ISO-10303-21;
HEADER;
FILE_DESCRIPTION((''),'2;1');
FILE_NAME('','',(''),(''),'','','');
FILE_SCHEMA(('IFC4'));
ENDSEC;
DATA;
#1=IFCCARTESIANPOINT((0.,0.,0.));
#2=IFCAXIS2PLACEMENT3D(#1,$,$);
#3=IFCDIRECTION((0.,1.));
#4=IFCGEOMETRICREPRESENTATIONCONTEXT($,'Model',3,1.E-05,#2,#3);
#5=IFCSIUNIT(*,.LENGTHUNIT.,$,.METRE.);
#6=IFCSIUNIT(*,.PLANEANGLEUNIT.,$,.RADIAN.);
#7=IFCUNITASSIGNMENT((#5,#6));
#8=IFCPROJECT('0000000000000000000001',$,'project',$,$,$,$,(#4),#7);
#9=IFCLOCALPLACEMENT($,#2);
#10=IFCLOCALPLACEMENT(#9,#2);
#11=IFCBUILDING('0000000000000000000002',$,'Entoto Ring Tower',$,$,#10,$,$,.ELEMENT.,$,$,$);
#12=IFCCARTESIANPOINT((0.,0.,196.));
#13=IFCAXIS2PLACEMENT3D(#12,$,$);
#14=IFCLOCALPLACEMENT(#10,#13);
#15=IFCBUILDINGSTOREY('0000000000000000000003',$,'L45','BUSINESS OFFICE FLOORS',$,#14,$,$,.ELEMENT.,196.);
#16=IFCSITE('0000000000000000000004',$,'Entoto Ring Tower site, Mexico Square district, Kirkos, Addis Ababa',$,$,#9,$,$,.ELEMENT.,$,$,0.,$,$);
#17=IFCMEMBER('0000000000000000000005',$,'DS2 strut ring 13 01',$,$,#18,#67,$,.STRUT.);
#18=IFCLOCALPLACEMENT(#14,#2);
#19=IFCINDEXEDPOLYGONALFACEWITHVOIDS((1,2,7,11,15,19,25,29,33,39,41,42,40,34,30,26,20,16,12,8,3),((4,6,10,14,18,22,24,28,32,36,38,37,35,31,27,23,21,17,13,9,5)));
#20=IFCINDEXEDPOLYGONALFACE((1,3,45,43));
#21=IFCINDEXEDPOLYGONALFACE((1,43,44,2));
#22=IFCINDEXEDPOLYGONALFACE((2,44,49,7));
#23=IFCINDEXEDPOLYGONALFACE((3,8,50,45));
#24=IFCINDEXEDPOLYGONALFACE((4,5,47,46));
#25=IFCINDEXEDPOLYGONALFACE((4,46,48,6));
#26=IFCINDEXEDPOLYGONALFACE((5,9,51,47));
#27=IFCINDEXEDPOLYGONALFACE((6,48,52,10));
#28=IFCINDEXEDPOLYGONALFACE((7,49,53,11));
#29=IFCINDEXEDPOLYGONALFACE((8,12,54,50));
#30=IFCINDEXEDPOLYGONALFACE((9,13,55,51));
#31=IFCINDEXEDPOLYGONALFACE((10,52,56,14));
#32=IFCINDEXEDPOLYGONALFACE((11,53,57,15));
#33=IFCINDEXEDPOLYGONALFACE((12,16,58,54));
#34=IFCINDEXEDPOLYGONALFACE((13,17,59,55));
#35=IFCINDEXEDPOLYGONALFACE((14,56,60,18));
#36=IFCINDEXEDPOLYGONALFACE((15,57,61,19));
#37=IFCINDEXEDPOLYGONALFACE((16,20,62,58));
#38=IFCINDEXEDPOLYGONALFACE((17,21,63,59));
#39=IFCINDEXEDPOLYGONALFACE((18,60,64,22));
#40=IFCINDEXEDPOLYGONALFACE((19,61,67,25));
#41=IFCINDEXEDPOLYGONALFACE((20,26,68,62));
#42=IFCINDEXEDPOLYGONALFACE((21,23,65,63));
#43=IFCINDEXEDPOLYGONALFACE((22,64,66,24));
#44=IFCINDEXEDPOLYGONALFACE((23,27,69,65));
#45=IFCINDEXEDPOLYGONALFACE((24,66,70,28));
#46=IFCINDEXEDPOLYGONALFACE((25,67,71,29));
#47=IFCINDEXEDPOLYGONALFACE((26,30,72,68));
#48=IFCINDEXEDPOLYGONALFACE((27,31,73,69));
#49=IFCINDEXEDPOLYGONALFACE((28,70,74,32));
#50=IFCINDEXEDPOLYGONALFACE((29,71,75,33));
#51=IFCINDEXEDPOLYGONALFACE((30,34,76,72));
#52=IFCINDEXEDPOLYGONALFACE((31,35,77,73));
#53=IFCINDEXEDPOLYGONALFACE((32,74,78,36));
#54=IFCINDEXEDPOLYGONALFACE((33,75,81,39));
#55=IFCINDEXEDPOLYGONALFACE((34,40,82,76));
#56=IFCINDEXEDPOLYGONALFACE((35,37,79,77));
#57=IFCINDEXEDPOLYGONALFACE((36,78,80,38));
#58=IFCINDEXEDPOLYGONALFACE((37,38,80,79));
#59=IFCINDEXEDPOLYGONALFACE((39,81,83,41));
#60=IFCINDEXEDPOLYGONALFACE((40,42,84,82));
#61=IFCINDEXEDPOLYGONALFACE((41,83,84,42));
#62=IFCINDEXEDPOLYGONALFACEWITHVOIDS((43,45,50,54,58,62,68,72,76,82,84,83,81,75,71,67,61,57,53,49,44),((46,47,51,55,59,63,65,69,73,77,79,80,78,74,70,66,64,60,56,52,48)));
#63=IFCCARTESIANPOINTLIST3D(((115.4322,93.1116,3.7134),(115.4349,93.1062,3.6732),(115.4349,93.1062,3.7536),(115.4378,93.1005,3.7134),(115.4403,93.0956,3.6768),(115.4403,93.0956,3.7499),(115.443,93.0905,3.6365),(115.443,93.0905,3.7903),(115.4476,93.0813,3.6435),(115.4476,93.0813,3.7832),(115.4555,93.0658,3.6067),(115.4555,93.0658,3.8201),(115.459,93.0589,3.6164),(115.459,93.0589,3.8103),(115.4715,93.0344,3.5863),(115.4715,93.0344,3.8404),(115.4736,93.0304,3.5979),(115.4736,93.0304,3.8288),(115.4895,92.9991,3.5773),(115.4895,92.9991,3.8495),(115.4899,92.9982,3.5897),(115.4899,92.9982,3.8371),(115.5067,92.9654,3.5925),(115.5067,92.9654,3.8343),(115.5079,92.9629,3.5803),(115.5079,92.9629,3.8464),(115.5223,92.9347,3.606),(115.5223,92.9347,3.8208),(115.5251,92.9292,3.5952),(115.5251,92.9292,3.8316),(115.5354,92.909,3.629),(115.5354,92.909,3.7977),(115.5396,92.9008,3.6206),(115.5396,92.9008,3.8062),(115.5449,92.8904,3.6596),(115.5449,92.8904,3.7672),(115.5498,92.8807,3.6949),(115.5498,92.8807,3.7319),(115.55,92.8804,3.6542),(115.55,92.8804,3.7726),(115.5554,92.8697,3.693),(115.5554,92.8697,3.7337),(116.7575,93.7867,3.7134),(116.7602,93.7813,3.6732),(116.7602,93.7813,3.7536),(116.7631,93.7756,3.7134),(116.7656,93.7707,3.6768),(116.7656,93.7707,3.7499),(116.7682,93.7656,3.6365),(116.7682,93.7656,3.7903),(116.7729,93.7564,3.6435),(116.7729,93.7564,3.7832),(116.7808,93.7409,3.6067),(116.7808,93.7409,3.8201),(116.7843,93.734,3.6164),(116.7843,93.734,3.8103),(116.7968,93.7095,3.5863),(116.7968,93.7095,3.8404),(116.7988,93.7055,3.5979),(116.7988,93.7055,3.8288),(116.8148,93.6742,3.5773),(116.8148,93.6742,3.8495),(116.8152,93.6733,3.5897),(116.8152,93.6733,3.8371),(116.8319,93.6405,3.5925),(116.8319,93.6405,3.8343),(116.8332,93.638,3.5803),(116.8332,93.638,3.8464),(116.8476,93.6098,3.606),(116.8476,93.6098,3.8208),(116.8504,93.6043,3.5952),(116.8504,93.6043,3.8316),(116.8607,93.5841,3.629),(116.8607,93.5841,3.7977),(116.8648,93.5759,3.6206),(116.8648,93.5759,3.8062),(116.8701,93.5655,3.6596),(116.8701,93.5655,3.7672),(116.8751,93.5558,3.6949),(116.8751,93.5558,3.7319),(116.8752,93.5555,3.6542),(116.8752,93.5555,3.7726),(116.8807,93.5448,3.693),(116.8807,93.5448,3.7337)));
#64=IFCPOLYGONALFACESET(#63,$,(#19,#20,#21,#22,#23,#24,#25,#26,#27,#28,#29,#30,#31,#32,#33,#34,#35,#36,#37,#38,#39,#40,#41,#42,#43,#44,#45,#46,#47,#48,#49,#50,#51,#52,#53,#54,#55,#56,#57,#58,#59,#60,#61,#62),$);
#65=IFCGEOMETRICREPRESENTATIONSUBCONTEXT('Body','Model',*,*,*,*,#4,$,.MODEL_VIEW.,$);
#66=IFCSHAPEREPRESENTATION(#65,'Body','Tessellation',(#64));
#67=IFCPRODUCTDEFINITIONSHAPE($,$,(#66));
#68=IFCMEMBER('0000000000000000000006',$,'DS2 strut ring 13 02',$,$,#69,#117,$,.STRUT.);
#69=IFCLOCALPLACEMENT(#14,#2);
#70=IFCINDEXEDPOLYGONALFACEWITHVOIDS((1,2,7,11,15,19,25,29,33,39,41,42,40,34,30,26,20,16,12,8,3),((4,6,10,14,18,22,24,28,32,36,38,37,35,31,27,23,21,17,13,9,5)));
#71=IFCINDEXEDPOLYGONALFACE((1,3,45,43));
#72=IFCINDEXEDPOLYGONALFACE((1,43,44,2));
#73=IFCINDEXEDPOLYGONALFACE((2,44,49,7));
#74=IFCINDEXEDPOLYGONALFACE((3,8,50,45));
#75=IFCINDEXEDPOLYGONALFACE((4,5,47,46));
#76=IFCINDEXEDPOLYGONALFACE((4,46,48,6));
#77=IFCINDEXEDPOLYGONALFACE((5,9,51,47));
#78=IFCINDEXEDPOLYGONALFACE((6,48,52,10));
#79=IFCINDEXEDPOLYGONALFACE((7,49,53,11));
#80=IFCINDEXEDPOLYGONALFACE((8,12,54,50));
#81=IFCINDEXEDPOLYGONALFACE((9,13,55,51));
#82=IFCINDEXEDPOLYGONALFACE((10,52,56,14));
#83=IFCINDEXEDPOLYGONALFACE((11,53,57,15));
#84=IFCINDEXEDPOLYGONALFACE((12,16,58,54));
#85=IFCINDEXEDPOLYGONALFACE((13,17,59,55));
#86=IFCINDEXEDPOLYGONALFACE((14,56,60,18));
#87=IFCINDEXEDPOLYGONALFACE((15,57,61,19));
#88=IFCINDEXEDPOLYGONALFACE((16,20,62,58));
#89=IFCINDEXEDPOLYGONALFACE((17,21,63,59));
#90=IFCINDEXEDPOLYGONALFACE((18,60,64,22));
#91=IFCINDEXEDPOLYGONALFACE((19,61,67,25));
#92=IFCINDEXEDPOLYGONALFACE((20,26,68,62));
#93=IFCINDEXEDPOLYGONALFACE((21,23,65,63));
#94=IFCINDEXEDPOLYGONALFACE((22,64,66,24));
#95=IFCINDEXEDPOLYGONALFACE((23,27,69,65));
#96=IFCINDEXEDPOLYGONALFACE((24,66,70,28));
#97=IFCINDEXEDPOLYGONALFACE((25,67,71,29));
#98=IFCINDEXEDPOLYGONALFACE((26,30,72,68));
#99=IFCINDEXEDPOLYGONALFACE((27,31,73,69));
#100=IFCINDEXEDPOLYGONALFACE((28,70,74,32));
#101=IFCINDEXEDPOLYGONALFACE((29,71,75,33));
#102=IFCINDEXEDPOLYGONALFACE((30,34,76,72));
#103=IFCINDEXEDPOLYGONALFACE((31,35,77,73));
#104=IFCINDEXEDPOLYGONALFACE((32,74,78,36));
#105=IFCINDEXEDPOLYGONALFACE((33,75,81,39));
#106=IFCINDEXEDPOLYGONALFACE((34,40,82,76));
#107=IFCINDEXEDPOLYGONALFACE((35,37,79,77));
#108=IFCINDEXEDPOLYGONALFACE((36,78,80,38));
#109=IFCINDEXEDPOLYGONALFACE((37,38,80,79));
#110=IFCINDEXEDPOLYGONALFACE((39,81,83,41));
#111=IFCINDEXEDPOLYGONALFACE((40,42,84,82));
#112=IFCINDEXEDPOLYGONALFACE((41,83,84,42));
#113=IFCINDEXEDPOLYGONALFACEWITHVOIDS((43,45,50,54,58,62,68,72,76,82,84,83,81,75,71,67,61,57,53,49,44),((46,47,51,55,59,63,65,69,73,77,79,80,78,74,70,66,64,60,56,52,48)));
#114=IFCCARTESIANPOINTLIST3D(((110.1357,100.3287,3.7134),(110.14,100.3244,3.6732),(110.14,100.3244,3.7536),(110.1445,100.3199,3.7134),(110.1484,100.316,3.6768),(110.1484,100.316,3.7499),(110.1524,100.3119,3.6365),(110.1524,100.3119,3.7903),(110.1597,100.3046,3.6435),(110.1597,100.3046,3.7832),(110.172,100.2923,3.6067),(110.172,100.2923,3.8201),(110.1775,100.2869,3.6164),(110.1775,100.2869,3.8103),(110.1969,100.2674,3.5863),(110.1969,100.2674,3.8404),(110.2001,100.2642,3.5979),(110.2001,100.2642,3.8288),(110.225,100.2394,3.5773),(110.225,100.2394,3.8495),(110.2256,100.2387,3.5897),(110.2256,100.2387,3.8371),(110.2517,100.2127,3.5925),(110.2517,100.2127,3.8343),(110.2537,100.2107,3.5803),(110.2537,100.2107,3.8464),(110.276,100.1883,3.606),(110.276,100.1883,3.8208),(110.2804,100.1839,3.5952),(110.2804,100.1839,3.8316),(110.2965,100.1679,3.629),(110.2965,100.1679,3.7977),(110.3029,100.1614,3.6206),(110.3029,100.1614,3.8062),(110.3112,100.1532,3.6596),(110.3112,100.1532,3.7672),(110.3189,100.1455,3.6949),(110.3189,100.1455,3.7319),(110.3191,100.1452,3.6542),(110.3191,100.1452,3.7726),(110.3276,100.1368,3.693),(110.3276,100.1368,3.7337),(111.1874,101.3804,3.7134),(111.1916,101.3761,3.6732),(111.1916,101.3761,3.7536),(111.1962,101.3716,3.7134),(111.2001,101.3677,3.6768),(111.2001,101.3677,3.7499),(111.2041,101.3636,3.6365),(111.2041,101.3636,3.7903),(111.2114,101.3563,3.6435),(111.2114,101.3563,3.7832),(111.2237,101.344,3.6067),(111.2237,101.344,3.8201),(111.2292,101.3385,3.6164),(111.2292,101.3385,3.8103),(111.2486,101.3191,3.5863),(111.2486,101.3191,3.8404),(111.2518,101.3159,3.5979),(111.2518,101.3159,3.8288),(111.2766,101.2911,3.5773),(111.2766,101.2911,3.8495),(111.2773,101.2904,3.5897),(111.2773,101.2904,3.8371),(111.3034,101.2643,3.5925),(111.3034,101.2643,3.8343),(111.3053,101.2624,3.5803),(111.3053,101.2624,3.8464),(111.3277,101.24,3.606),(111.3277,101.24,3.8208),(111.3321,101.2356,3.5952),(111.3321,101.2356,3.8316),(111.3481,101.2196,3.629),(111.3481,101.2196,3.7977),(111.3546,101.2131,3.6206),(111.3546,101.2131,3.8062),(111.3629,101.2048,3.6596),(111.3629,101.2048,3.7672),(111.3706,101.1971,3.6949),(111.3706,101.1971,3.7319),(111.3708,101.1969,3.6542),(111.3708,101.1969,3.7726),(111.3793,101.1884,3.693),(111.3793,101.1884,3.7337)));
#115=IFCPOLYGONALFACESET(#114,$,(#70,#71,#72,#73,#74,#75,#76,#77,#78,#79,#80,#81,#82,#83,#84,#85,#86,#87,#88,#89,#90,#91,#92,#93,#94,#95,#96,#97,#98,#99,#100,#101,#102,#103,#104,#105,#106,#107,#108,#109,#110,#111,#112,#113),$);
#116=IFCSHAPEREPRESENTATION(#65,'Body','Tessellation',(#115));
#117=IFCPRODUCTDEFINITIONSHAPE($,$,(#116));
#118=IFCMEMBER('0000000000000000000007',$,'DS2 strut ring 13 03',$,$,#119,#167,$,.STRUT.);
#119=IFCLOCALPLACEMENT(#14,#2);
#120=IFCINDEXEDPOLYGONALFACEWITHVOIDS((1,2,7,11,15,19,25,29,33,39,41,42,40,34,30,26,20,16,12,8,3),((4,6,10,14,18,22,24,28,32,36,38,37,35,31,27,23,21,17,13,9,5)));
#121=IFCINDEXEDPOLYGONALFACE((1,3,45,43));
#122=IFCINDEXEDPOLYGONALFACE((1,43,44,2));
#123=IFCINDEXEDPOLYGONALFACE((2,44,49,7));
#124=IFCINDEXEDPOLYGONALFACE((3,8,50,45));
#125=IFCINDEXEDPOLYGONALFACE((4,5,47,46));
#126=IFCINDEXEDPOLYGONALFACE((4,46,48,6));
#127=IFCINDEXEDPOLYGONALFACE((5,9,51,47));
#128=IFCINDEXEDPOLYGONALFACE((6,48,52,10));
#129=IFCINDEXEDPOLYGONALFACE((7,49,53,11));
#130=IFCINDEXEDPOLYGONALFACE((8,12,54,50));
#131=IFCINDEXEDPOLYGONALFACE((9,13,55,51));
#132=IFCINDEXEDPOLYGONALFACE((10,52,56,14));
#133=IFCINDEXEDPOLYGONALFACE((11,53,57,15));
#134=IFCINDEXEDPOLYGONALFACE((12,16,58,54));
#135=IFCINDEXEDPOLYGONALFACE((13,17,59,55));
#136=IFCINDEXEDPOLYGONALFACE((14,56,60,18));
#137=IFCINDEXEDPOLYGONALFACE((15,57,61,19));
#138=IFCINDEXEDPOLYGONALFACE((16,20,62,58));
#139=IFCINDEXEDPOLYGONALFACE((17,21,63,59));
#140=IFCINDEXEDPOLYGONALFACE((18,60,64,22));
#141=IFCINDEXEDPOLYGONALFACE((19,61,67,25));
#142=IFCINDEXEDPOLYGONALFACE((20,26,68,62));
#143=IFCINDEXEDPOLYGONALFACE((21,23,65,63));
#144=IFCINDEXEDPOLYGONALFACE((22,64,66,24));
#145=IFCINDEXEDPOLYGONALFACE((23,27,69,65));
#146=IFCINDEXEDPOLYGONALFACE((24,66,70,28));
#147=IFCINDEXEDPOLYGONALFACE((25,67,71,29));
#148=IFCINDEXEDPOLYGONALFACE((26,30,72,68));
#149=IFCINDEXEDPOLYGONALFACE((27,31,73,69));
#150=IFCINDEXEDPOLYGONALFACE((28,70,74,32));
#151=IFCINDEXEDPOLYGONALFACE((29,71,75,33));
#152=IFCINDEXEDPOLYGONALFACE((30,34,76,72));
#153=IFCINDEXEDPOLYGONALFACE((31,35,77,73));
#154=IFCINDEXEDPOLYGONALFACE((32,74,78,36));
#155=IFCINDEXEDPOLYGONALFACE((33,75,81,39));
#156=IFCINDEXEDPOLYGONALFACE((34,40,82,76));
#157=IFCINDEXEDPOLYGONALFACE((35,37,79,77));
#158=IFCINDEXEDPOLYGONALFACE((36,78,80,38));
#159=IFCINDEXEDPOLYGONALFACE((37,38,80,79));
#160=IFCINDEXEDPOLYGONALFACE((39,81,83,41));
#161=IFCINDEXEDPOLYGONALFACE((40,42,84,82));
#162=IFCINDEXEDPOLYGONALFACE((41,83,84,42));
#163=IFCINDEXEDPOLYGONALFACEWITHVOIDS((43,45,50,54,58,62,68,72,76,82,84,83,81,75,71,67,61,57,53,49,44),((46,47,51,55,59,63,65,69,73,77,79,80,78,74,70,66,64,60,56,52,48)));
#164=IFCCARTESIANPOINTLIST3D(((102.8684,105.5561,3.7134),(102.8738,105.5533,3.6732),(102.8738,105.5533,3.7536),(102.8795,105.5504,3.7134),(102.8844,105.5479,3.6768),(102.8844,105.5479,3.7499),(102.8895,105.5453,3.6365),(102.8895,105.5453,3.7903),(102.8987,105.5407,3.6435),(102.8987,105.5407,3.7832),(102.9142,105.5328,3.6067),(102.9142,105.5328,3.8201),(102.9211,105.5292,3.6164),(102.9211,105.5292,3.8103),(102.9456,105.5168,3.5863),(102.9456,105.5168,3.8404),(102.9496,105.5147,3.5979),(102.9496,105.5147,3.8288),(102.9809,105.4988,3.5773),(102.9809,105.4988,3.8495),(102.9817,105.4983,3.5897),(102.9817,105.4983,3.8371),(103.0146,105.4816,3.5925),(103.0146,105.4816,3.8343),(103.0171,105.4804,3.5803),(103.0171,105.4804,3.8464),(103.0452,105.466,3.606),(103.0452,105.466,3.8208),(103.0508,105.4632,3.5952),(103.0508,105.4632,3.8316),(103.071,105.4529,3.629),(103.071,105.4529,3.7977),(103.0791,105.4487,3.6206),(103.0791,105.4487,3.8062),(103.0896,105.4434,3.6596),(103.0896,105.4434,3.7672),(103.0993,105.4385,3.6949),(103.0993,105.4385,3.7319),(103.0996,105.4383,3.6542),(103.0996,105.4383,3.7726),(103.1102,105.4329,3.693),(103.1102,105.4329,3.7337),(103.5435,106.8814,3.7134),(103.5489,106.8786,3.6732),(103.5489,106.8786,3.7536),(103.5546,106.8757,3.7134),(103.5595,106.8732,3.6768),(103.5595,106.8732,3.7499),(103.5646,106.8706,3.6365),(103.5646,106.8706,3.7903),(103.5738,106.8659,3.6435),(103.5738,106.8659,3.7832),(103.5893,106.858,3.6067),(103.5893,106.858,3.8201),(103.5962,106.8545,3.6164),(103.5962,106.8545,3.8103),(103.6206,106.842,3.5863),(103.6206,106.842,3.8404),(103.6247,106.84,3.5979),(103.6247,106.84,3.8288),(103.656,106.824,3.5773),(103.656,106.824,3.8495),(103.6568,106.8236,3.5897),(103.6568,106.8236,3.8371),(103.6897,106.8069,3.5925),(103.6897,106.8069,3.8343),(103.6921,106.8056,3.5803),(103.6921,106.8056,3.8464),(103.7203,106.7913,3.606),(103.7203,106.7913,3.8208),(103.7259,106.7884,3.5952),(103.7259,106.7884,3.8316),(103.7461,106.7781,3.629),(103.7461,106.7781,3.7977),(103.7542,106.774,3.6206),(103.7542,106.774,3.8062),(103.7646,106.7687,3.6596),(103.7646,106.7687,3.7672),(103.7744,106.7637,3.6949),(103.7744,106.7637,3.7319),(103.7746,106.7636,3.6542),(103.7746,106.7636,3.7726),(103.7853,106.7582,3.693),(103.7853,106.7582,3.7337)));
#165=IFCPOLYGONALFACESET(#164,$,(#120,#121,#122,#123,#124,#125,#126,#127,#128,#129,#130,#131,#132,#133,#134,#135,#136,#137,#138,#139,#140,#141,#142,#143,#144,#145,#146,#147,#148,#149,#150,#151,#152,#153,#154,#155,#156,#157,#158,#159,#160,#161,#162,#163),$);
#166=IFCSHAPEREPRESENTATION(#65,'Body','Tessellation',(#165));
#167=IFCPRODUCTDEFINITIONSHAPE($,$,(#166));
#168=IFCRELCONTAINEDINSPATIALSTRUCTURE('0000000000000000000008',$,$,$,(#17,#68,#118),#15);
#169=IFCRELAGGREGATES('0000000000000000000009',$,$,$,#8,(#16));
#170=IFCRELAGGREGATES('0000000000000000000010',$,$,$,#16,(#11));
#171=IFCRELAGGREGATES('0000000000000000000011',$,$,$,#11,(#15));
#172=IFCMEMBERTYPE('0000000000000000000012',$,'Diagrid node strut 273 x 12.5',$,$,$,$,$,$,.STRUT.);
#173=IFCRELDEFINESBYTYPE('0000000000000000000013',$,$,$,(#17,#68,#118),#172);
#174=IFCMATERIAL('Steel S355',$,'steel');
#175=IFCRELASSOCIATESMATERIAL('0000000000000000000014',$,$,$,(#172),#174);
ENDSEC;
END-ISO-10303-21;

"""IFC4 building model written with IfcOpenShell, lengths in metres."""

from ifc_helpers import new_model, si_unit, direction, frame, origin, origin_2d, place, context, subcontext, project, spatial, circle, hollow_circle, extrude, material, material_profile, profile_set, type_object, element, save


model = new_model("IFC4")

# Units and contexts
model_context = context("Model", 3, precision=1e-05, world=origin(), true_north=direction((0.0, 1.0)))
body_context = subcontext(model_context, "Body", "Model", "MODEL_VIEW")
ifc_project = project(units=[si_unit("LENGTHUNIT", "METRE"), si_unit("PLANEANGLEUNIT", "RADIAN")], contexts=[model_context])

# Site, building, storey
site_placement = place(None, origin())
site = spatial("IfcSite", under=ifc_project, at=site_placement, Name="Entoto Ring Tower site, Mexico Square district, Kirkos, Addis Ababa", CompositionType="ELEMENT", RefElevation=0.0)
building_placement = place(site_placement, origin())
building = spatial("IfcBuilding", under=site, at=building_placement, Name="Entoto Ring Tower", CompositionType="ELEMENT")
storey_placement = place(building_placement, frame((0.0, 0.0, 196.0)))
storey = spatial("IfcBuildingStorey", under=building, at=storey_placement, Name="L45", Description="BUSINESS OFFICE FLOORS", CompositionType="ELEMENT", Elevation=196.0)

# Members
ifc_material_1 = material(Name="Steel S355", Category="steel")
ifc_material_profile_1 = material_profile(ifc_material_1, hollow_circle(Radius=0.1365, WallThickness=0.0125, at=origin_2d()), Name="CHS 273 x 12.5")
ifc_material_2 = material(Name="Concrete C60/75", Category="concrete")
ifc_material_profile_2 = material_profile(ifc_material_2, circle(Radius=0.124, at=origin_2d()), Name="Concrete C60/75 infill")
ifc_profile_set_1 = profile_set([ifc_material_profile_1, ifc_material_profile_2], Name="Steel S355")
member_type = type_object("IfcMemberType", Name="Diagrid node strut 273 x 12.5", PredefinedType="STRUT", material=ifc_profile_set_1)
for number, where, z_axis, x_axis, name in (
    (1, (115.4941, 92.99, 3.7134), (0.891053, 0.453899, 0.0), (-0.453899, 0.891053, 0.0), "DS2 strut ring 13 01"),
    (2, (110.2322, 100.2322, 3.7134), (0.707107, 0.707107, 0.0), (-0.707107, 0.707107, 0.0), "DS2 strut ring 13 02"),
    (3, (102.99, 105.4941, 3.7134), (0.453899, 0.891053, 0.0), (-0.891053, 0.453899, 0.0), "DS2 strut ring 13 03"),
):
    element("IfcMember", number, at=place(storey_placement, frame(where, z_axis=z_axis, x_axis=x_axis)), inside=storey, type_object=member_type, Name=name, PredefinedType="STRUT", context=body_context, shape_type="SweptSolid", body=[
        extrude(hollow_circle(Radius=0.1365, WallThickness=0.0125, at=origin_2d()), origin(), (0.0, 0.0, 1.0), 1.4873),
    ])

save(model, "model.ifc")
